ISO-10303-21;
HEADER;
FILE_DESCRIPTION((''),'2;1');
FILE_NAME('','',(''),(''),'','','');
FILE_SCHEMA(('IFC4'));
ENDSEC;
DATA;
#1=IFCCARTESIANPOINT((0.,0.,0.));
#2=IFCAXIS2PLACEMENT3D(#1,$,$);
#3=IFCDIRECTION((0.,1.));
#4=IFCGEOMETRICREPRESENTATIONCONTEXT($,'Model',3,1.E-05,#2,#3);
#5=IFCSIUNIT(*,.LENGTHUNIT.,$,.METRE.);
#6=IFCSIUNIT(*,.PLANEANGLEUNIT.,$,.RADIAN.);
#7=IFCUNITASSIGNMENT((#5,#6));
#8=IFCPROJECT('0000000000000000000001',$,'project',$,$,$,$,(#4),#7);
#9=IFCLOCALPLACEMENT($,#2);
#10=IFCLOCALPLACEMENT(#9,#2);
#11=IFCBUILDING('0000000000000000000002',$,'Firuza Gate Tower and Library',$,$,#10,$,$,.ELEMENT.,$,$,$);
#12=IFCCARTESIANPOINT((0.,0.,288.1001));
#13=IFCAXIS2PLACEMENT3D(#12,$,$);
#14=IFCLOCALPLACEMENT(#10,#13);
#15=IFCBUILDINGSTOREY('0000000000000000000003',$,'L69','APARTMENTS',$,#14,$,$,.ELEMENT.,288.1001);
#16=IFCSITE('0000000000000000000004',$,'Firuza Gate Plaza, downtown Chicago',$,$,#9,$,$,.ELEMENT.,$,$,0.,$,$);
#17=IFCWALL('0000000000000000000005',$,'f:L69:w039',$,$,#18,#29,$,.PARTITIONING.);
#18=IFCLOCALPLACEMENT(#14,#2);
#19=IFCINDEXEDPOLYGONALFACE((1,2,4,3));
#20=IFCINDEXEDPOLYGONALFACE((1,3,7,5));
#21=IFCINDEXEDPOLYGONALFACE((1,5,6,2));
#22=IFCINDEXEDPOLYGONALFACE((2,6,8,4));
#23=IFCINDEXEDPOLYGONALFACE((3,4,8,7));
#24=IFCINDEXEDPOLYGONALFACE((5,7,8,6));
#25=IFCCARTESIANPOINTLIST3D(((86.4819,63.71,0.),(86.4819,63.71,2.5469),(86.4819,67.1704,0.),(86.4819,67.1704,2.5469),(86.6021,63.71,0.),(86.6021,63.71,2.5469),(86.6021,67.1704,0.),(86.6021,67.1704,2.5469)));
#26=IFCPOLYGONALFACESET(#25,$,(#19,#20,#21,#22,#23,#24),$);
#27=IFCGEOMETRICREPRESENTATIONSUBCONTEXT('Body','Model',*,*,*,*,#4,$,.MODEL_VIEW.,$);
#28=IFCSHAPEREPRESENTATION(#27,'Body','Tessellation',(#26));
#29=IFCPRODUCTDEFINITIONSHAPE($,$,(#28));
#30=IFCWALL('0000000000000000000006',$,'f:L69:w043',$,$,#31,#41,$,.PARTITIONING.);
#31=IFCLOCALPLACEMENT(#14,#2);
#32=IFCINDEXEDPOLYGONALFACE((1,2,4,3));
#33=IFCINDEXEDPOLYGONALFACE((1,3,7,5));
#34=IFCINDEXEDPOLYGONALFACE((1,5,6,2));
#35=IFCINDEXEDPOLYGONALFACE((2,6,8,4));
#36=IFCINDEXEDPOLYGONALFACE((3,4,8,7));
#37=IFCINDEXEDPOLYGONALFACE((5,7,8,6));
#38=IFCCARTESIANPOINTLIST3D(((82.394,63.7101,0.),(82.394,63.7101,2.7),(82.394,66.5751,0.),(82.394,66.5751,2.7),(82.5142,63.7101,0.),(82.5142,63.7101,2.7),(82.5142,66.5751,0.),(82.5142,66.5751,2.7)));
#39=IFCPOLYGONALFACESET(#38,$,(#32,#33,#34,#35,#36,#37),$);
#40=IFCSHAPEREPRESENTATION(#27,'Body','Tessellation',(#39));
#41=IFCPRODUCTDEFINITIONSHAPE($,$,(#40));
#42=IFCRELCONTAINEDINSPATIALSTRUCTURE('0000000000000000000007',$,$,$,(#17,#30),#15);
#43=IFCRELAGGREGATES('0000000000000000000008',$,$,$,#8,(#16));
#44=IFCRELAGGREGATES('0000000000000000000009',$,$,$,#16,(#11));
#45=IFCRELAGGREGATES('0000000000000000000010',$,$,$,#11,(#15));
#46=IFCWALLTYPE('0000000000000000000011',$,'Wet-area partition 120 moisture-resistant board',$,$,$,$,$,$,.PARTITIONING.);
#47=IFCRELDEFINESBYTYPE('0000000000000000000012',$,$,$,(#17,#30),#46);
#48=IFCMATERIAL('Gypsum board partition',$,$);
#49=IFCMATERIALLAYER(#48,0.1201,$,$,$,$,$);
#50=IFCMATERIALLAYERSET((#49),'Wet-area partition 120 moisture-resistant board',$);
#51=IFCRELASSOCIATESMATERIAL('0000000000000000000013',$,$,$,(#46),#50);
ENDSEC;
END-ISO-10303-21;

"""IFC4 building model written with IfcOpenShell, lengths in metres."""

from ifc_helpers import new_model, si_unit, direction, frame, frame_2d, origin, place, context, subcontext, project, spatial, rectangle, extrude, material, layer, layer_set, type_object, element, save


model = new_model("IFC4")

# Units and contexts
model_context = context("Model", 3, precision=1e-05, world=origin(), true_north=direction((0.0, 1.0)))
body_context = subcontext(model_context, "Body", "Model", "MODEL_VIEW")
ifc_project = project(units=[si_unit("LENGTHUNIT", "METRE"), si_unit("PLANEANGLEUNIT", "RADIAN")], contexts=[model_context])

# Site, building, storey
site_placement = place(None, origin())
site = spatial("IfcSite", under=ifc_project, at=site_placement, Name="Firuza Gate Plaza, downtown Chicago", CompositionType="ELEMENT", RefElevation=0.0)
building_placement = place(site_placement, origin())
building = spatial("IfcBuilding", under=site, at=building_placement, Name="Firuza Gate Tower and Library", CompositionType="ELEMENT")
storey_placement = place(building_placement, frame((0.0, 0.0, 288.1001)))
storey = spatial("IfcBuildingStorey", under=building, at=storey_placement, Name="L69", Description="APARTMENTS", CompositionType="ELEMENT", Elevation=288.1001)

# Walls
ifc_material_1 = material(Name="Gypsum board partition")
ifc_layer_1 = layer(ifc_material_1, 0.1201)
ifc_layer_set_1 = layer_set([ifc_layer_1], Name="Wet-area partition 120 moisture-resistant board")
wall_type_1 = type_object("IfcWallType", Name="Wet-area partition 120 moisture-resistant board", PredefinedType="PARTITIONING", material=ifc_layer_set_1)
wall_1_placement = place(storey_placement, frame((86.542, 63.71, 0.0), z_axis=(0.0, 0.0, 1.0), x_axis=(0.0, 1.0, 0.0)))
element("IfcWall", 1, at=wall_1_placement, inside=storey, type_object=wall_type_1, Name="f:L69:w039", PredefinedType="PARTITIONING", context=body_context, shape_type="SweptSolid", body=[
    extrude(rectangle(XDim=3.4604, YDim=0.1201, at=frame_2d((1.7302, 0.0))), origin(), (0.0, 0.0, 1.0), 2.5469),
])
wall_2_placement = place(storey_placement, frame((82.4541, 63.71, 0.0), z_axis=(0.0, 0.0, 1.0), x_axis=(0.0, 1.0, 0.0)))
element("IfcWall", 2, at=wall_2_placement, inside=storey, type_object=wall_type_1, Name="f:L69:w043", PredefinedType="PARTITIONING", context=body_context, shape_type="SweptSolid", body=[
    extrude(rectangle(XDim=2.865, YDim=0.1201, at=frame_2d((1.4326, 0.0))), origin(), (0.0, 0.0, 1.0), 2.7),
])

save(model, "model.ifc")
